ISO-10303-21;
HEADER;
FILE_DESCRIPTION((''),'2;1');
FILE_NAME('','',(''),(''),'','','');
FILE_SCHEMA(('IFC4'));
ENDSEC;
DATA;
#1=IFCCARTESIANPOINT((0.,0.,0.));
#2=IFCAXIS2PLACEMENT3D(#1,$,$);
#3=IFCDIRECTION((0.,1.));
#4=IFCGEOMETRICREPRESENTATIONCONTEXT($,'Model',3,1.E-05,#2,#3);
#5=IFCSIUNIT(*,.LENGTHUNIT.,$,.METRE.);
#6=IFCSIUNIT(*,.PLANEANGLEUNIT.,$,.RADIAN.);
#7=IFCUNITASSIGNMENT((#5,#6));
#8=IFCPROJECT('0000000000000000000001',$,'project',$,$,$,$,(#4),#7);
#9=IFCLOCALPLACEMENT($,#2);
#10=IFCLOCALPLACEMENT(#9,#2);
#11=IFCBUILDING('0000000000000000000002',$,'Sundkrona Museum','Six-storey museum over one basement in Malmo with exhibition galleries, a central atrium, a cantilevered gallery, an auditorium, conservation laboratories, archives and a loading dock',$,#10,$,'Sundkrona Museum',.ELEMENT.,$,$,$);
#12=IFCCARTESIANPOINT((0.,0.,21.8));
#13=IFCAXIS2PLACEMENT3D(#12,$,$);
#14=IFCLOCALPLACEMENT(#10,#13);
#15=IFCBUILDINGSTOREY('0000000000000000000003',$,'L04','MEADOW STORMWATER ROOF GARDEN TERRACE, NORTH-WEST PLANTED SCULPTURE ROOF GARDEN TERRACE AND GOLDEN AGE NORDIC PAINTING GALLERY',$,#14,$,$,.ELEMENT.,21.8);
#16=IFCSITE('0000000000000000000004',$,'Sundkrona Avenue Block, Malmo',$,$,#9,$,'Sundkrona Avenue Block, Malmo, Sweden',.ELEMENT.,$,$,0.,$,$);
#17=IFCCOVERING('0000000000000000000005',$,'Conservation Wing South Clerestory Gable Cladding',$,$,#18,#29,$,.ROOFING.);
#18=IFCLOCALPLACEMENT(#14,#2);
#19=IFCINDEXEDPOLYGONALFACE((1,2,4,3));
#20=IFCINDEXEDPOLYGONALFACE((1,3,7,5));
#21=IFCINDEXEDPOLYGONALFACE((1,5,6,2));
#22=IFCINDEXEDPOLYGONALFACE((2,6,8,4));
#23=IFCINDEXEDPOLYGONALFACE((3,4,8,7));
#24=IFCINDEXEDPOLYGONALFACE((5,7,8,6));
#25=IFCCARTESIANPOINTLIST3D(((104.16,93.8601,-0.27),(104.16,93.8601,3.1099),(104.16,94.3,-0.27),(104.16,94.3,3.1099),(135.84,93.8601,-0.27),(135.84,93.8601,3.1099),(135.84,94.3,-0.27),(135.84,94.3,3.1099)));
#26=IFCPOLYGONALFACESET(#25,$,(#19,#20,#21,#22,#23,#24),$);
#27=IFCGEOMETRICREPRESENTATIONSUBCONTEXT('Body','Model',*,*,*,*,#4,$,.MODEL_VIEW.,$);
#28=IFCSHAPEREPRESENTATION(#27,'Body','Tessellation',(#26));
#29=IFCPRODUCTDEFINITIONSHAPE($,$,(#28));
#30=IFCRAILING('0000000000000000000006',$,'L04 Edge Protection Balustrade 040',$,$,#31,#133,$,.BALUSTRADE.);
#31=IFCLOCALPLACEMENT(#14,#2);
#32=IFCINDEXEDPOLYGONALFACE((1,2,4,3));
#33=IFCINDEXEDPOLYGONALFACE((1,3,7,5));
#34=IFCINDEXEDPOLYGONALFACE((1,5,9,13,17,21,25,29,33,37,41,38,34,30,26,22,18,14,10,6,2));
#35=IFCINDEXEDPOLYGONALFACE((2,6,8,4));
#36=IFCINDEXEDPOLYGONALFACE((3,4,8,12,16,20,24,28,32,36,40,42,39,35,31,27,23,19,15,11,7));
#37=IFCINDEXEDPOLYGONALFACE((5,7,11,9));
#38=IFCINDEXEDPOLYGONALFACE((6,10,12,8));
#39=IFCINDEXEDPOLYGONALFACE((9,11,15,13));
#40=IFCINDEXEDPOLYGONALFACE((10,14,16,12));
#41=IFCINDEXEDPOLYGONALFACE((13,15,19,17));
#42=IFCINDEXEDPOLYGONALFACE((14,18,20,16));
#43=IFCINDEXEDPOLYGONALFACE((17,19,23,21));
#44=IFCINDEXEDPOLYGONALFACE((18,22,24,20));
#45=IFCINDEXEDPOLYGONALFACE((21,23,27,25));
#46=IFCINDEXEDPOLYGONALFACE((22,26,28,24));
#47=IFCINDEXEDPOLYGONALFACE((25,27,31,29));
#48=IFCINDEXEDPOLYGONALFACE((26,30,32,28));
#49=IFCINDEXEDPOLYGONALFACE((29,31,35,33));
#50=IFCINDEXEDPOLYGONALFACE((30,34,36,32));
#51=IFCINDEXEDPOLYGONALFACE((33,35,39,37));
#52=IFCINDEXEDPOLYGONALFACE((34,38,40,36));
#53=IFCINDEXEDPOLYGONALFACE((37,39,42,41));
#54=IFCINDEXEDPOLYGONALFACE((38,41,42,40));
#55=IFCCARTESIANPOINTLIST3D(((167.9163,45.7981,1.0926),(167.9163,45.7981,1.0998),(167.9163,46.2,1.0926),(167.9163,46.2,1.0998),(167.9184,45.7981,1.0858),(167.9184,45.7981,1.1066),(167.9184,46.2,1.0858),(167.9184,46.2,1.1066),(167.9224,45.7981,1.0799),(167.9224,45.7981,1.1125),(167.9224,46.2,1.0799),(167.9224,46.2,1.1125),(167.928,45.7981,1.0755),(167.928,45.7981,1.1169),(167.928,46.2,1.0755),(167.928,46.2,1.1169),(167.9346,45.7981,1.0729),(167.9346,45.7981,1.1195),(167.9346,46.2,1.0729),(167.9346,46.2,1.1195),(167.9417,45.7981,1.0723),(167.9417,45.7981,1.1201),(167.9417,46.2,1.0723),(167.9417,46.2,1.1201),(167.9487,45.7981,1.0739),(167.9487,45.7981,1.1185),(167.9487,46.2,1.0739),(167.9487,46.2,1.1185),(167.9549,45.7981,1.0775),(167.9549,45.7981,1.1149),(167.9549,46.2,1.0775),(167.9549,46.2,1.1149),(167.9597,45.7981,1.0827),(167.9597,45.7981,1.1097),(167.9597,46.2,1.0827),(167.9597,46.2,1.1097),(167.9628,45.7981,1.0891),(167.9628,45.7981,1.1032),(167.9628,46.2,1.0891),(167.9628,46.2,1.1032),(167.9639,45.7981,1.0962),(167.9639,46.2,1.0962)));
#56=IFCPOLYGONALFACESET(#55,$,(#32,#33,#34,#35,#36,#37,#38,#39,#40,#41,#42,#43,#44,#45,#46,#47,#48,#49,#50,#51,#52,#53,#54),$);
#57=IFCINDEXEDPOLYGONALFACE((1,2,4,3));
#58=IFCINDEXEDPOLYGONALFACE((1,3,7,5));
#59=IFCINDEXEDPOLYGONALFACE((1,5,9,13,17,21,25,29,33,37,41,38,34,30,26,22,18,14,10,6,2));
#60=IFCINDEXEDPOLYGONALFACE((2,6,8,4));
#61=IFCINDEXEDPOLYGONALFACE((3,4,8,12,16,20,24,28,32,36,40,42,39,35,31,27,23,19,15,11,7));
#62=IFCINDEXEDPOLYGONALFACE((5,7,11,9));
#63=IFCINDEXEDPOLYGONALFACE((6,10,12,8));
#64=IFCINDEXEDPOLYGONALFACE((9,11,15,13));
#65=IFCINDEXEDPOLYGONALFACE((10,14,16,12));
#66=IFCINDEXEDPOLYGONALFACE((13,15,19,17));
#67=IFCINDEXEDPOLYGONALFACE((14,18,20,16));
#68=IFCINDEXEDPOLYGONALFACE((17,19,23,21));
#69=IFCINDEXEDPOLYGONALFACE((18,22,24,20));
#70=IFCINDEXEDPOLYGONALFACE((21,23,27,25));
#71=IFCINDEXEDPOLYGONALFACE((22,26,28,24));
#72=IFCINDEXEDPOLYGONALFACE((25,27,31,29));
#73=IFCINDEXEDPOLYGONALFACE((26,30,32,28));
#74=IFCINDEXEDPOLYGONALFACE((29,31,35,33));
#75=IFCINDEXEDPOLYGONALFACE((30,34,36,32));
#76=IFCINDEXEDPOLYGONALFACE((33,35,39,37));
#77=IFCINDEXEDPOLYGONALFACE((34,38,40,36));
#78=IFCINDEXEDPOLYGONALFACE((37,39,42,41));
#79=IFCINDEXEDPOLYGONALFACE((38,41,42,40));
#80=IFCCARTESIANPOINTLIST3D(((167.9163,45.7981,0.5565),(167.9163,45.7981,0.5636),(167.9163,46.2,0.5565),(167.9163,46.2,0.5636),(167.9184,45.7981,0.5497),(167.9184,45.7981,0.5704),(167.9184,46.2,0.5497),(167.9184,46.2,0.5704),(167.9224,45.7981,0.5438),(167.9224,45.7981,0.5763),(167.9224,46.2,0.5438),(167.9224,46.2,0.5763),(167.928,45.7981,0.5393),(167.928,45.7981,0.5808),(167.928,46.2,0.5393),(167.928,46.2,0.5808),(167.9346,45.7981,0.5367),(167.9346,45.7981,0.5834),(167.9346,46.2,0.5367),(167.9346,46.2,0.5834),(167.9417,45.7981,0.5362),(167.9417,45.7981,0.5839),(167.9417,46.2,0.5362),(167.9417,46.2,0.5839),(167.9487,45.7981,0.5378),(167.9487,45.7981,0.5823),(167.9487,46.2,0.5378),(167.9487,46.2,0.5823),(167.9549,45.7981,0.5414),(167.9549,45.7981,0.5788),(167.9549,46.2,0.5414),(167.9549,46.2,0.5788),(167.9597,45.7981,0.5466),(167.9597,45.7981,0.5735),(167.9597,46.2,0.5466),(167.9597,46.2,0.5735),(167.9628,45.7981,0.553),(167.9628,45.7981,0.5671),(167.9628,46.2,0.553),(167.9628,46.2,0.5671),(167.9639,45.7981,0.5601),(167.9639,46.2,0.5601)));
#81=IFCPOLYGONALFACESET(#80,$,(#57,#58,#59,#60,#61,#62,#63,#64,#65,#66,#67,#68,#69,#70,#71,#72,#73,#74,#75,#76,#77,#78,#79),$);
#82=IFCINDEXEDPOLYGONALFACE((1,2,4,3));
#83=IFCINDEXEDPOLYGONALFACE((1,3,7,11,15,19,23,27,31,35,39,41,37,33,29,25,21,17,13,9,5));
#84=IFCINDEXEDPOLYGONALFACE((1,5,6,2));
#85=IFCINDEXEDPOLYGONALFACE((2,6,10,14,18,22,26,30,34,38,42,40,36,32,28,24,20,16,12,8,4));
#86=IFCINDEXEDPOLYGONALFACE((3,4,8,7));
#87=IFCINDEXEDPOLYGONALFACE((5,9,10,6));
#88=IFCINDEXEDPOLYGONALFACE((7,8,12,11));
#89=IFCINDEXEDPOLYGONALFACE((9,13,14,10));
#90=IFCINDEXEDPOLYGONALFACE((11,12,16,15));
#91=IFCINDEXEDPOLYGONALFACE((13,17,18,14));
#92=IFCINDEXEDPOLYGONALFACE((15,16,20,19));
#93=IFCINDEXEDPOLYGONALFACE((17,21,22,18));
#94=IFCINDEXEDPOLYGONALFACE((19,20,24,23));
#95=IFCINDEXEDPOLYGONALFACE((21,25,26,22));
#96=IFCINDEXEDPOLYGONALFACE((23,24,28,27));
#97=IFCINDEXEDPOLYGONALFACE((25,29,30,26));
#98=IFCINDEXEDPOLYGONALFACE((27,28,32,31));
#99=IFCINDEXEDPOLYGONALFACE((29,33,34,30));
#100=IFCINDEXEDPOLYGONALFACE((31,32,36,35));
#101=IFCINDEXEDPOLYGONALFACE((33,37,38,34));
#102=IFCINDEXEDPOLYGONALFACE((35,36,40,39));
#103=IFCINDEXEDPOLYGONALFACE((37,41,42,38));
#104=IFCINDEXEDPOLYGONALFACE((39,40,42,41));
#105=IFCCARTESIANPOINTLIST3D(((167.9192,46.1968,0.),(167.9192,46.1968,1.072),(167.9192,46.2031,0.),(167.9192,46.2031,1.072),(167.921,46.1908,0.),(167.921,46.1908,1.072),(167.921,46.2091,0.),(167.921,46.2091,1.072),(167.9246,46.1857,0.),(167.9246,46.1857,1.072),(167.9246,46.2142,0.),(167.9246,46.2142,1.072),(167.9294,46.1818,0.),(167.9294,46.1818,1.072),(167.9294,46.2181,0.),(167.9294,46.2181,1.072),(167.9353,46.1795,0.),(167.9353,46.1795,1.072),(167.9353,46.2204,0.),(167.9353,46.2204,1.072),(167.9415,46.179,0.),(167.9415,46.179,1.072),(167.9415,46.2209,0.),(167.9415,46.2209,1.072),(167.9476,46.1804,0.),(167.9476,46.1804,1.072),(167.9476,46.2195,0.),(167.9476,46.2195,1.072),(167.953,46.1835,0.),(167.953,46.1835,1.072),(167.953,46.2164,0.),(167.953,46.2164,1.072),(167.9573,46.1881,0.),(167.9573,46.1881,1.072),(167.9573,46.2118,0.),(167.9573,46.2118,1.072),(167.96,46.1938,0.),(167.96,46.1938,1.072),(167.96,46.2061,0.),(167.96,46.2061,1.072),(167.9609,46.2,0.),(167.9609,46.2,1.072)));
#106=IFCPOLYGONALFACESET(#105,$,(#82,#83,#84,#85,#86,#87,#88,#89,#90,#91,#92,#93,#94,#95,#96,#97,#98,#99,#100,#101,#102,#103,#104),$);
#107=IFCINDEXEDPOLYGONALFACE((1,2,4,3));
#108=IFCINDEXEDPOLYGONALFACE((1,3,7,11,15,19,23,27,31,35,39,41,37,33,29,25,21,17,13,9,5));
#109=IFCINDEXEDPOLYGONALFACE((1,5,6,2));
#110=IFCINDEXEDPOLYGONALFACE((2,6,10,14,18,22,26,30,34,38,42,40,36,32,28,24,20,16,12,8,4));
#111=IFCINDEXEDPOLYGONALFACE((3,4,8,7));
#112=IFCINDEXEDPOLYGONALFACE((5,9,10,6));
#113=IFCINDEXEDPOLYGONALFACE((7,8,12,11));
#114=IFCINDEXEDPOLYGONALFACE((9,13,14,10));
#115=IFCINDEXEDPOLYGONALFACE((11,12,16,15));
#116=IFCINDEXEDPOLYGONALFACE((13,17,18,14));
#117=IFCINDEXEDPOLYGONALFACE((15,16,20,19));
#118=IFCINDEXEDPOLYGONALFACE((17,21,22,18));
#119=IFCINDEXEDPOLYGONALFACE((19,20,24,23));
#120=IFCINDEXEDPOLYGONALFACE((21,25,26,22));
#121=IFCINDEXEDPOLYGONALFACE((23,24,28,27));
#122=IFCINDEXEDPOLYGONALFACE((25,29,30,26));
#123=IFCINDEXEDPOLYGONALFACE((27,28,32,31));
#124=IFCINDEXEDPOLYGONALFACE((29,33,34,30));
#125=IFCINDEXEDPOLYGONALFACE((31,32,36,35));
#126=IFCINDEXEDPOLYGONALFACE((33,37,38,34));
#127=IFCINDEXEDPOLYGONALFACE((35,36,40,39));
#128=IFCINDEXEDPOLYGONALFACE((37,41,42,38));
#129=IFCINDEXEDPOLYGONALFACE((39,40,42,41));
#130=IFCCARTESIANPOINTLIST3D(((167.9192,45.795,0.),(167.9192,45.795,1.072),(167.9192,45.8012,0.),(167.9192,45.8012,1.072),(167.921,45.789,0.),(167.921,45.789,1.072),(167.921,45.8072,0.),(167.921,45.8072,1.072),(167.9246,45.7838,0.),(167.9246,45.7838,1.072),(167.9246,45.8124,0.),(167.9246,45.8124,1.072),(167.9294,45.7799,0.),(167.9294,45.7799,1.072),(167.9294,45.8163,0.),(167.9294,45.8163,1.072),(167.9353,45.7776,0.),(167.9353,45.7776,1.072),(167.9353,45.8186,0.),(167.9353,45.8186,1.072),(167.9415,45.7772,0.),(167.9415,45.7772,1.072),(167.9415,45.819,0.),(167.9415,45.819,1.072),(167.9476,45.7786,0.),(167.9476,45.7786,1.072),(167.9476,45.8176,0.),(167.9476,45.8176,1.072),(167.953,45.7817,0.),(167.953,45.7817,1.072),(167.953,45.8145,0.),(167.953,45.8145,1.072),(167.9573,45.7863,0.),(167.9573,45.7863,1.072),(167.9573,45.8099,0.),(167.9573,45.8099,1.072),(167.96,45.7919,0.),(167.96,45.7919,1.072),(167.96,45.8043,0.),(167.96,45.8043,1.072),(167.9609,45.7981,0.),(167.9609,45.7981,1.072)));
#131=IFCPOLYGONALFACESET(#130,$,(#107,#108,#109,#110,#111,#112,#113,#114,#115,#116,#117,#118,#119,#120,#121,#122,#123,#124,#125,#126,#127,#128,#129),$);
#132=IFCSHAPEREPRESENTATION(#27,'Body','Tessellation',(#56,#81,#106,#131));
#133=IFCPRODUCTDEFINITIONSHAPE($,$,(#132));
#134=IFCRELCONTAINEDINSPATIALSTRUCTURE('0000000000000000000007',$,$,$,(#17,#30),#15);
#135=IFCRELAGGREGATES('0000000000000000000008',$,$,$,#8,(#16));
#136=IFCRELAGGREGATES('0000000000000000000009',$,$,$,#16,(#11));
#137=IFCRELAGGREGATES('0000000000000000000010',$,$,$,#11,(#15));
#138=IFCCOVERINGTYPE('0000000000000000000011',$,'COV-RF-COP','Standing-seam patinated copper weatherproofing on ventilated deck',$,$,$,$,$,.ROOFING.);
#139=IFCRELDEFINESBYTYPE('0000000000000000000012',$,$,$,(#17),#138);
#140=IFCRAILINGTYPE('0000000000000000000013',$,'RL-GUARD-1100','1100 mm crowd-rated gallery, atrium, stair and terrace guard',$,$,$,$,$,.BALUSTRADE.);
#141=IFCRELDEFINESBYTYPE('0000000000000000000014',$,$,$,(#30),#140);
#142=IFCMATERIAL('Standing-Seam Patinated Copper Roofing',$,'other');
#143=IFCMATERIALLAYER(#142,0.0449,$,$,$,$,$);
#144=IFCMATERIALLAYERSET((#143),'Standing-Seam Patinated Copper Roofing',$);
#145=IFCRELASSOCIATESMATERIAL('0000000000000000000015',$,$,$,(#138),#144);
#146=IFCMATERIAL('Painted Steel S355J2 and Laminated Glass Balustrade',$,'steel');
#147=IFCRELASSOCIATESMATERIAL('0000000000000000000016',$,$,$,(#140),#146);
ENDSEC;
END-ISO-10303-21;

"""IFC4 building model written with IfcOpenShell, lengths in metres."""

from ifc_helpers import new_model, si_unit, direction, frame, origin, origin_2d, place, context, subcontext, project, spatial, rectangle, circle, extrude, material, layer, layer_set, type_object, element, save


model = new_model("IFC4")

# Units and contexts
model_context = context("Model", 3, precision=1e-05, world=origin(), true_north=direction((0.0, 1.0)))
body_context = subcontext(model_context, "Body", "Model", "MODEL_VIEW")
ifc_project = project(units=[si_unit("LENGTHUNIT", "METRE"), si_unit("PLANEANGLEUNIT", "RADIAN")], contexts=[model_context])

# Site, building, storey
site_placement = place(None, origin())
site = spatial("IfcSite", under=ifc_project, at=site_placement, Name="Sundkrona Avenue Block, Malmo", LongName="Sundkrona Avenue Block, Malmo, Sweden", CompositionType="ELEMENT", RefElevation=0.0)
building_placement = place(site_placement, origin())
building = spatial("IfcBuilding", under=site, at=building_placement, Name="Sundkrona Museum", Description="Six-storey museum over one basement in Malmo with exhibition galleries, a central atrium, a cantilevered gallery, an auditorium, conservation laboratories, archives and a loading dock", LongName="Sundkrona Museum", CompositionType="ELEMENT")
storey_placement = place(building_placement, frame((0.0, 0.0, 21.8)))
storey = spatial("IfcBuildingStorey", under=building, at=storey_placement, Name="L04", Description="MEADOW STORMWATER ROOF GARDEN TERRACE, NORTH-WEST PLANTED SCULPTURE ROOF GARDEN TERRACE AND GOLDEN AGE NORDIC PAINTING GALLERY", CompositionType="ELEMENT", Elevation=21.8)

# Covering
ifc_material_1 = material(Name="Standing-Seam Patinated Copper Roofing", Category="other")
ifc_layer_1 = layer(ifc_material_1, 0.0449)
ifc_layer_set_1 = layer_set([ifc_layer_1], Name="Standing-Seam Patinated Copper Roofing")
covering_type_1 = type_object("IfcCoveringType", Name="COV-RF-COP", Description="Standing-seam patinated copper weatherproofing on ventilated deck", PredefinedType="ROOFING", material=ifc_layer_set_1)
covering_1_placement = place(storey_placement, frame((120.0, 94.0801, -0.27), z_axis=(0.0, 0.0, 1.0), x_axis=(1.0, 0.0, 0.0)))
element("IfcCovering", 1, at=covering_1_placement, inside=storey, type_object=covering_type_1, Name="Conservation Wing South Clerestory Gable Cladding", PredefinedType="ROOFING", context=body_context, shape_type="SweptSolid", body=[
    extrude(rectangle(XDim=31.6799, YDim=0.4399, at=origin_2d()), origin(), (0.0, 0.0, 1.0), 3.3799),
])

# Railing
ifc_material_2 = material(Name="Painted Steel S355J2 and Laminated Glass Balustrade", Category="steel")
railing_type = type_object("IfcRailingType", Name="RL-GUARD-1100", Description="1100 mm crowd-rated gallery, atrium, stair and terrace guard", PredefinedType="BALUSTRADE", material=ifc_material_2)
railing_placement = place(storey_placement, frame((167.9399, 46.2, 0.0)))
element("IfcRailing", 2, at=railing_placement, inside=storey, type_object=railing_type, Name="L04 Edge Protection Balustrade 040", PredefinedType="BALUSTRADE", context=body_context, shape_type="SweptSolid", body=[
    extrude(circle(Radius=0.0239, at=origin_2d()), frame((0.0, 0.0, 1.0962), z_axis=(0.0, -1.0, 0.0), x_axis=(1.0, 0.0, 0.0)), (0.0, 0.0, 1.0), 0.4019),
    extrude(circle(Radius=0.0239, at=origin_2d()), frame((0.0, 0.0, 0.5601), z_axis=(0.0, -1.0, 0.0), x_axis=(1.0, 0.0, 0.0)), (0.0, 0.0, 1.0), 0.4019),
    extrude(circle(Radius=0.021, at=origin_2d()), origin(), (0.0, 0.0, 1.0), 1.072),
    extrude(circle(Radius=0.021, at=origin_2d()), frame((0.0, -0.4019, 0.0)), (0.0, 0.0, 1.0), 1.072),
])

save(model, "model.ifc")
